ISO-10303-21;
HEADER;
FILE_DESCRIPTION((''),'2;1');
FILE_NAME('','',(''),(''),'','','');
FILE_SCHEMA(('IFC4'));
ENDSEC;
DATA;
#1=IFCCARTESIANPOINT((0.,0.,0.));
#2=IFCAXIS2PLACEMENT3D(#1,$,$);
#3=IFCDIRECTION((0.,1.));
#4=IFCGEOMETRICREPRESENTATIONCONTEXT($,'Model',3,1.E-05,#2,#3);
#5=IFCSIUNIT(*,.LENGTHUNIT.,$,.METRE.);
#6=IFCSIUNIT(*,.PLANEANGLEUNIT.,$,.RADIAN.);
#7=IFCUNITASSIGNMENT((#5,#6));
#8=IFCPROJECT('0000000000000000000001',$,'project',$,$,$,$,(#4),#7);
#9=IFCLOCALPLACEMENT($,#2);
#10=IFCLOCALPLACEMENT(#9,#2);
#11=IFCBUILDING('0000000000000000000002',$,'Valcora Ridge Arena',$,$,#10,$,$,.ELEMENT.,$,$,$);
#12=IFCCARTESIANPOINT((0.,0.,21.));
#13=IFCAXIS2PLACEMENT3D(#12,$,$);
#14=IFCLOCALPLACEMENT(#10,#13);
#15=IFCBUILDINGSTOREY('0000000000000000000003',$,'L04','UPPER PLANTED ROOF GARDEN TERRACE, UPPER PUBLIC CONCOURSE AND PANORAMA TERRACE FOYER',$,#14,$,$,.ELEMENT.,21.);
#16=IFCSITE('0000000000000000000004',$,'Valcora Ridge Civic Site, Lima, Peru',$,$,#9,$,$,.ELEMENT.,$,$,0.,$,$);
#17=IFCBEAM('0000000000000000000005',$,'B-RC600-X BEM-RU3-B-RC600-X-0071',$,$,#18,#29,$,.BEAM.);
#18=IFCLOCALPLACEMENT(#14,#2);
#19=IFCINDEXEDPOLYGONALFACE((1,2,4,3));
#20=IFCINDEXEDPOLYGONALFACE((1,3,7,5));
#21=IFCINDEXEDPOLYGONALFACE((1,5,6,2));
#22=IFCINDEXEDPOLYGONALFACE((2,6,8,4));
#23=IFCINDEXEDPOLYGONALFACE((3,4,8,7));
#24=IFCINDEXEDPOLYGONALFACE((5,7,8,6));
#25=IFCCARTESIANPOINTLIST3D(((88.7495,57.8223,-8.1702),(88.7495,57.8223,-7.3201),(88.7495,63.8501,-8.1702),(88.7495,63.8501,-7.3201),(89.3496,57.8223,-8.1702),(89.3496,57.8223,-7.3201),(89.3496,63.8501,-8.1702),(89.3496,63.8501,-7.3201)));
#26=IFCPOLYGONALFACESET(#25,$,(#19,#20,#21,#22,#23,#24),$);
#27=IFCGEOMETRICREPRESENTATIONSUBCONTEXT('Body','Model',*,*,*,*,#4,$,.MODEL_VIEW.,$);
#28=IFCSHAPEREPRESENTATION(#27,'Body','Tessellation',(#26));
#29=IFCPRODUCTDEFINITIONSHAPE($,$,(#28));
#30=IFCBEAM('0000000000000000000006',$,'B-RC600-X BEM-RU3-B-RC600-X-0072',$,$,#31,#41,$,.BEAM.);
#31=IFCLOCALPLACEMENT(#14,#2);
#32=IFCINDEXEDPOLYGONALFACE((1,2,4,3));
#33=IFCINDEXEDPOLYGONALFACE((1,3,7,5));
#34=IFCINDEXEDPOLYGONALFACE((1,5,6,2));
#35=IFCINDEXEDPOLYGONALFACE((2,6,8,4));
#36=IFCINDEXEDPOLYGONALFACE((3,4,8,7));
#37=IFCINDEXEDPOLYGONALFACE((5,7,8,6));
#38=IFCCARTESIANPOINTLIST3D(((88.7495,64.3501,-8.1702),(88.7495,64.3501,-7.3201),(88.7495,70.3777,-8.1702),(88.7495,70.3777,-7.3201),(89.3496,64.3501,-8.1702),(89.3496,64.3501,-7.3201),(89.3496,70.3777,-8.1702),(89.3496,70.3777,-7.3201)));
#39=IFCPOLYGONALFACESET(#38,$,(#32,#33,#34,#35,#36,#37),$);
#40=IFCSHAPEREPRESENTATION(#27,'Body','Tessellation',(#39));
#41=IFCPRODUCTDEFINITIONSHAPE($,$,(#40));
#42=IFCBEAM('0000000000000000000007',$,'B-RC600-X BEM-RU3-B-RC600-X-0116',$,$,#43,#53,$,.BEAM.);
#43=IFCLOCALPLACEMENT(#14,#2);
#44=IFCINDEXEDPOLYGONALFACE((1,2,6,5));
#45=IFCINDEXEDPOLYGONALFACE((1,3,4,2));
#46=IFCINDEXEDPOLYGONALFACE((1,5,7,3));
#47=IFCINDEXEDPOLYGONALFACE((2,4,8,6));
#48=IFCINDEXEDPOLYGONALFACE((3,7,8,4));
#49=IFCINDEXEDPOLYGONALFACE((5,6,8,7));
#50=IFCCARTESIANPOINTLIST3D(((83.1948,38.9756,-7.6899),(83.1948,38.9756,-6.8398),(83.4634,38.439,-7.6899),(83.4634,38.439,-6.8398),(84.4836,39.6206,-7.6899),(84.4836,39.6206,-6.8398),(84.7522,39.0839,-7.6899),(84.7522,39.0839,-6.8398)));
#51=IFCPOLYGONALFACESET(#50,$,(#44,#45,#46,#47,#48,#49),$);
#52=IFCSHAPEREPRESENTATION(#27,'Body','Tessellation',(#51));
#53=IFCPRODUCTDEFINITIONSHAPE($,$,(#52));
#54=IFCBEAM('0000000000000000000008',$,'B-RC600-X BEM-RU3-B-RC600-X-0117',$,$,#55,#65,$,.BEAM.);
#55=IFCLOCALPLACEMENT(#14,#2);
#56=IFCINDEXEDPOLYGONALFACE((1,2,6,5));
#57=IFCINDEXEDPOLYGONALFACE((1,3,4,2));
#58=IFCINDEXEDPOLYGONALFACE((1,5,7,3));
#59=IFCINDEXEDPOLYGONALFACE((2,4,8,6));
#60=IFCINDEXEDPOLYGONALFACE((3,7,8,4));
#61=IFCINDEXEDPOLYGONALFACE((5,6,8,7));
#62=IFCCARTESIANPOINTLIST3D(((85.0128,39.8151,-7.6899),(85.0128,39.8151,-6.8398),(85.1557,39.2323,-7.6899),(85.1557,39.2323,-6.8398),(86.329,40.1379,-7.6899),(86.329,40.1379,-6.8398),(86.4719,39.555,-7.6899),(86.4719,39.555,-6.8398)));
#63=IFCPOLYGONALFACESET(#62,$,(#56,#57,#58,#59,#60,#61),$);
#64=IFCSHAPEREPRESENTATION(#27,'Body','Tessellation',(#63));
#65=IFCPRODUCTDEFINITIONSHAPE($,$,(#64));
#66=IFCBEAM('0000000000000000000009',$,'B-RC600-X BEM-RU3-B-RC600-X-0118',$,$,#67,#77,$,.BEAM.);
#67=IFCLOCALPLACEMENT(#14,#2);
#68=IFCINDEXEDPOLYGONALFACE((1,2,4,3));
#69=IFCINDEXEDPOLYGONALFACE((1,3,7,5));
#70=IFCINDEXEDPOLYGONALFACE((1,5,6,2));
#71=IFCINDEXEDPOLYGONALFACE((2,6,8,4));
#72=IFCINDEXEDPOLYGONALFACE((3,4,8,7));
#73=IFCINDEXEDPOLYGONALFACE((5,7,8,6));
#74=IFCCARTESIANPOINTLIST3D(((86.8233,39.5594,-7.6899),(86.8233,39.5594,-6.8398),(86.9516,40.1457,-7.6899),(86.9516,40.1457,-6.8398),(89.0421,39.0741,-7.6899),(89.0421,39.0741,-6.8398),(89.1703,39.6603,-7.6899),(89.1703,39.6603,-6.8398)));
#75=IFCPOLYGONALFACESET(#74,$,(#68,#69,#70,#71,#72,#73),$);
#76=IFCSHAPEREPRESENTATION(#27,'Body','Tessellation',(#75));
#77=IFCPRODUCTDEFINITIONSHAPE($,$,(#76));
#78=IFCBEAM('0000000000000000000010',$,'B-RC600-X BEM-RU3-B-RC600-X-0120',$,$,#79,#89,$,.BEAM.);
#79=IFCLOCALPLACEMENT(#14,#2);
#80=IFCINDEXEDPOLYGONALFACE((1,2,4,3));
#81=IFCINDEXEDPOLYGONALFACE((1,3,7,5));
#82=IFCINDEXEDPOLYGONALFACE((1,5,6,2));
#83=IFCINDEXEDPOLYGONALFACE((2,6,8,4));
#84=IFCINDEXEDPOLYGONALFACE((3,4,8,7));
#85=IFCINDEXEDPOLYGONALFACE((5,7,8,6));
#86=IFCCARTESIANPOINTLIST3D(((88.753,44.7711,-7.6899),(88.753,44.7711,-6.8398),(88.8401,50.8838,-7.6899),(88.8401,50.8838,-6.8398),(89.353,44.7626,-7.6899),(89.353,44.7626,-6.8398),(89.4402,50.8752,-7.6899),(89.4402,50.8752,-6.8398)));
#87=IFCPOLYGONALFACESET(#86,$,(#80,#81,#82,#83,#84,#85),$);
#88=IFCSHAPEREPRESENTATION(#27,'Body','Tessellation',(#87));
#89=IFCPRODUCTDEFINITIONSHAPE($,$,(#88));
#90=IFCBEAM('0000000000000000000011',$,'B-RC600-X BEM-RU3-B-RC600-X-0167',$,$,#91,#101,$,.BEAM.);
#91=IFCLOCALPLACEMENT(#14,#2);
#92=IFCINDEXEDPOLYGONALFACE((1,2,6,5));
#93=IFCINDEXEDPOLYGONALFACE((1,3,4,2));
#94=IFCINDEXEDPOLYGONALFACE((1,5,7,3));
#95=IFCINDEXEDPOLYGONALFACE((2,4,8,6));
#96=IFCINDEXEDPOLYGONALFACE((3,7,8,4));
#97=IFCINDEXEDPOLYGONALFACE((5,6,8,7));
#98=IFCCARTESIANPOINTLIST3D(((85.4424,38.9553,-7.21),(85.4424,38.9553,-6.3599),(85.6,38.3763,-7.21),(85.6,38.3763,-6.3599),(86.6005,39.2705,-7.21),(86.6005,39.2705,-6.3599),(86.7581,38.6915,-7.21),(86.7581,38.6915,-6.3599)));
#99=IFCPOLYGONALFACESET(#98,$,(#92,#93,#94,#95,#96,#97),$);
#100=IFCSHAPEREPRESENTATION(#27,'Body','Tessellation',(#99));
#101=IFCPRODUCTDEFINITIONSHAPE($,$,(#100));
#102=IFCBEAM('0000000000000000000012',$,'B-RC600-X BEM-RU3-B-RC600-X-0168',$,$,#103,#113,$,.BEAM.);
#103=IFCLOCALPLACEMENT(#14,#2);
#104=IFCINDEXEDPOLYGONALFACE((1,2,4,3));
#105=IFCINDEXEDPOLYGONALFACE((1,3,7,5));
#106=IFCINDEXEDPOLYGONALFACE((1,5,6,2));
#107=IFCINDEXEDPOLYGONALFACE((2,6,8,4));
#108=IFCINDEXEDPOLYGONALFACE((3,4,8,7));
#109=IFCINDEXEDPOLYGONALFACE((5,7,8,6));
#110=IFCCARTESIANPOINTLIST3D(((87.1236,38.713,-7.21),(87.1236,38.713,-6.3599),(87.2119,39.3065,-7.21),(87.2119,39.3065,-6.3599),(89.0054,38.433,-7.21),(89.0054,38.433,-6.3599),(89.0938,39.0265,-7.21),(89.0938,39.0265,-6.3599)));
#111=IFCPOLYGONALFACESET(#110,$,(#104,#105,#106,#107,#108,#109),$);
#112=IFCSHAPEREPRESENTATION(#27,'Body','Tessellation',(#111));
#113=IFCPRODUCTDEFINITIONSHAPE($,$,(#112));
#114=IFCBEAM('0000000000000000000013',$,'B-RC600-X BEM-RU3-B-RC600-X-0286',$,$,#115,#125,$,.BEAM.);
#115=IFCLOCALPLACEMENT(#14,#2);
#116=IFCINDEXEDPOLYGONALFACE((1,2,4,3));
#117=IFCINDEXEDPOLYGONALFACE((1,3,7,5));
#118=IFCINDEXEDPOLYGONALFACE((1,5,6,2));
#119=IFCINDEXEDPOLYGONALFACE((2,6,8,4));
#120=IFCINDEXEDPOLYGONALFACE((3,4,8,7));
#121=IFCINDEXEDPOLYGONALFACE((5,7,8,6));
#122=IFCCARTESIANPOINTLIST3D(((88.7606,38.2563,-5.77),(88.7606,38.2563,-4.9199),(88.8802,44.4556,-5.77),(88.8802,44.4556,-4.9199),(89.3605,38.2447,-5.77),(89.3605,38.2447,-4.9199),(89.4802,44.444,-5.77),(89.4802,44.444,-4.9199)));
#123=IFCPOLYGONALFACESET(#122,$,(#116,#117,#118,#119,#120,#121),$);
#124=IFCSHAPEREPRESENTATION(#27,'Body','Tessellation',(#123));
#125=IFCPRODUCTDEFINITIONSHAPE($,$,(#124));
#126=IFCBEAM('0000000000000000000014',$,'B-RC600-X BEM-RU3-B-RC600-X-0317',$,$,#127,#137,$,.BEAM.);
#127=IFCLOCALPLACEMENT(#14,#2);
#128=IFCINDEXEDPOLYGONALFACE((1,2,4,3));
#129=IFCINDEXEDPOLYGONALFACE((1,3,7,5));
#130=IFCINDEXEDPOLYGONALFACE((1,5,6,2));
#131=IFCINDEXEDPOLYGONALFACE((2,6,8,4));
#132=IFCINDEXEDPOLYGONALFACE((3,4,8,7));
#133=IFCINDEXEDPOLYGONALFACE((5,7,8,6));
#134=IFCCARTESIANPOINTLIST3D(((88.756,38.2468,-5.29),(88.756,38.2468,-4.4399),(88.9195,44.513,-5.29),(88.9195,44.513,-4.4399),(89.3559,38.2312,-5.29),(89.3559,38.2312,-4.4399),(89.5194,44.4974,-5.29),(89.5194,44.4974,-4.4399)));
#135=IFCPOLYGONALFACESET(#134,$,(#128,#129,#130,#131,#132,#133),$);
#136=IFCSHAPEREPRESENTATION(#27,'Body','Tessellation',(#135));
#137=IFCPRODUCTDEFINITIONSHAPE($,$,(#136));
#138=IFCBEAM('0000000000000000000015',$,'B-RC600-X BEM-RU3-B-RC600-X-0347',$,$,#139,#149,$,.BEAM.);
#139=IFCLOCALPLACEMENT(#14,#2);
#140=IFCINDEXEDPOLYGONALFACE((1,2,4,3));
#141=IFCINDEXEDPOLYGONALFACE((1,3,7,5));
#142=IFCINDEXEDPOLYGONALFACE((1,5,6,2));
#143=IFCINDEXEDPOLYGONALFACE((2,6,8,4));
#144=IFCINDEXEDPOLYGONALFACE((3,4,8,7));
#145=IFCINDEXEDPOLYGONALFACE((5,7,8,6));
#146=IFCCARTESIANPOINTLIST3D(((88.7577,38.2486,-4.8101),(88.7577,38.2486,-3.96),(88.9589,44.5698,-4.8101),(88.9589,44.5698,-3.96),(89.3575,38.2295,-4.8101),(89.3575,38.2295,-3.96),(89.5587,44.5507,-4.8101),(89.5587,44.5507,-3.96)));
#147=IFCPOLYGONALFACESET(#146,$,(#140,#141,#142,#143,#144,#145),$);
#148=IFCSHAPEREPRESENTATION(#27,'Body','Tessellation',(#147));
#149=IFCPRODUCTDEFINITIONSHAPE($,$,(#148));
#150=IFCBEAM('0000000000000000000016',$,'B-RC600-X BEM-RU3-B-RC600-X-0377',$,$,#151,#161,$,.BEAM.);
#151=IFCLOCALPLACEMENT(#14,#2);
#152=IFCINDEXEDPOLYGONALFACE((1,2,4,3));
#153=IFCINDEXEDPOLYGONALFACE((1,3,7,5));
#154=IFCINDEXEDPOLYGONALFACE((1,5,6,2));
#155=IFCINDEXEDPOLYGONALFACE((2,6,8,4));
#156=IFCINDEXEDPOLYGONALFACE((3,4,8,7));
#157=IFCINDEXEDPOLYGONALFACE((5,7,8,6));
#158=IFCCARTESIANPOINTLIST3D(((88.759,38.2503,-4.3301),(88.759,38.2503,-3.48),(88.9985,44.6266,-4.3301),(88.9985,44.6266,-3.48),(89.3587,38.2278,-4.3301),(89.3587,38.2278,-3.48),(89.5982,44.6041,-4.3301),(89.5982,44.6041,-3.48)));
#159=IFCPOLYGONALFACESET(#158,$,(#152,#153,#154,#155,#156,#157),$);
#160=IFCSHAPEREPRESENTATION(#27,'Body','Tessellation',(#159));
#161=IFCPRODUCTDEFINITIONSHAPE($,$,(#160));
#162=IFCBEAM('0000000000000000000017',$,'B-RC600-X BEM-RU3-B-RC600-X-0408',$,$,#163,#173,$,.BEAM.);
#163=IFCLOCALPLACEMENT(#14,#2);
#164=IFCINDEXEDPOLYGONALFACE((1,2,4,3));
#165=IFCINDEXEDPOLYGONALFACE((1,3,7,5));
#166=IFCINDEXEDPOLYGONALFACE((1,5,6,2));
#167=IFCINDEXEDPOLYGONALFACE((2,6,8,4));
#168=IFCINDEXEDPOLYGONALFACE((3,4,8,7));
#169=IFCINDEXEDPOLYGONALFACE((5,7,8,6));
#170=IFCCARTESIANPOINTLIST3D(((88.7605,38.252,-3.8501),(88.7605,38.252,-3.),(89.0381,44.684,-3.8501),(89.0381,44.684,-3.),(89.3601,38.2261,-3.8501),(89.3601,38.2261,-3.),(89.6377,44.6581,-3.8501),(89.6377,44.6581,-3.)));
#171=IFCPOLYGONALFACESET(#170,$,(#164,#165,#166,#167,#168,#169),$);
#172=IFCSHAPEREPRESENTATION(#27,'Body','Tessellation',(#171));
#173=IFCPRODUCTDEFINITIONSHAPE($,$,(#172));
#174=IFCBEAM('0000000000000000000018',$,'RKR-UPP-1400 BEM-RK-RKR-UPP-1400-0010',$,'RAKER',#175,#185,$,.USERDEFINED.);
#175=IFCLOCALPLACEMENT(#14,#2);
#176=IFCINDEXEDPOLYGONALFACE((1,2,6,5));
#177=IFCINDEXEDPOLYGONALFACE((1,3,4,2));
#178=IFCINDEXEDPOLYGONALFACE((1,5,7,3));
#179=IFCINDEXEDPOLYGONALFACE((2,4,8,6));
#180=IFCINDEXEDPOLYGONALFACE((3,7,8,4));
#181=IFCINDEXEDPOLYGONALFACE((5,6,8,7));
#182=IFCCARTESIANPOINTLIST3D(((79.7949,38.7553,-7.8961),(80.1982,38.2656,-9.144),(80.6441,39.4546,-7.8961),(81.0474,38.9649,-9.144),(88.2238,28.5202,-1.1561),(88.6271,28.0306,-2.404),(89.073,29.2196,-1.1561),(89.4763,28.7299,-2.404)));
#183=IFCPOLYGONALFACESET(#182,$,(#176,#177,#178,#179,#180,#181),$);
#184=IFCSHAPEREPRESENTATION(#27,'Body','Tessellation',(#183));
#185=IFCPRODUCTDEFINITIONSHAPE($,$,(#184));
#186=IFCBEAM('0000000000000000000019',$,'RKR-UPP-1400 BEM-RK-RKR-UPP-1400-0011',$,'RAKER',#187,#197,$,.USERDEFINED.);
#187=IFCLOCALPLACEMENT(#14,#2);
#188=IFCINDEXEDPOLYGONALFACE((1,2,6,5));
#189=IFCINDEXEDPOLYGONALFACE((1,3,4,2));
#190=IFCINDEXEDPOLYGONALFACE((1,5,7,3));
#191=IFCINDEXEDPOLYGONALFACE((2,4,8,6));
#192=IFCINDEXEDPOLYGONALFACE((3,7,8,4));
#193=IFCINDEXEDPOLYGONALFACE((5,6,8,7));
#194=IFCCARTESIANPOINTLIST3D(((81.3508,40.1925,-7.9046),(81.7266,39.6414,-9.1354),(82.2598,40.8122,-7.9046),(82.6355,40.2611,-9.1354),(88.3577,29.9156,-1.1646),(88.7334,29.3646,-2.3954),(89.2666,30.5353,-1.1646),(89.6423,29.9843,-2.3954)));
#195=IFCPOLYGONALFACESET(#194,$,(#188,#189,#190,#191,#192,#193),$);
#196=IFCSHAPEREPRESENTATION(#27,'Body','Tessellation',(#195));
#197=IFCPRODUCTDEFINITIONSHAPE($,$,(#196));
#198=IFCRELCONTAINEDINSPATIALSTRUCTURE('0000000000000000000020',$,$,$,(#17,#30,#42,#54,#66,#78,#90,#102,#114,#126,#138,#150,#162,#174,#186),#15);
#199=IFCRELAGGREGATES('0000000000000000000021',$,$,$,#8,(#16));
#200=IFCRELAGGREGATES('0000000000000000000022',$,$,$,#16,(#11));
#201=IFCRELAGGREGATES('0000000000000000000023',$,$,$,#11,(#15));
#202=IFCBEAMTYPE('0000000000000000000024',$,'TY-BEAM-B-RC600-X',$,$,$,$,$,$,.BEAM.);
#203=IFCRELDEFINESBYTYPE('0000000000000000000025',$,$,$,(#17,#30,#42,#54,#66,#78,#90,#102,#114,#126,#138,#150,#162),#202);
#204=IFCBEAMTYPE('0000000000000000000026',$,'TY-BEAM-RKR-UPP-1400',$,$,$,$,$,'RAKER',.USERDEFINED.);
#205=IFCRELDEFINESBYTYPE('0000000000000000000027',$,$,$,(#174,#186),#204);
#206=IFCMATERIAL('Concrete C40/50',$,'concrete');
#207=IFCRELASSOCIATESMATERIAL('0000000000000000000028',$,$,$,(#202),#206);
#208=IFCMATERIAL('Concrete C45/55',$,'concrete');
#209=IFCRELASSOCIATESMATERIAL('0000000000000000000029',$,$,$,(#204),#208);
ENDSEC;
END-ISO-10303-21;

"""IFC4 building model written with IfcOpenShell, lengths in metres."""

from ifc_helpers import new_model, si_unit, direction, frame, origin, origin_2d, place, context, subcontext, project, spatial, rectangle, extrude, material, material_profile, profile_set, type_object, element, save


model = new_model("IFC4")

# Units and contexts
model_context = context("Model", 3, precision=1e-05, world=origin(), true_north=direction((0.0, 1.0)))
body_context = subcontext(model_context, "Body", "Model", "MODEL_VIEW")
ifc_project = project(units=[si_unit("LENGTHUNIT", "METRE"), si_unit("PLANEANGLEUNIT", "RADIAN")], contexts=[model_context])

# Site, building, storey
site_placement = place(None, origin())
site = spatial("IfcSite", under=ifc_project, at=site_placement, Name="Valcora Ridge Civic Site, Lima, Peru", CompositionType="ELEMENT", RefElevation=0.0)
building_placement = place(site_placement, origin())
building = spatial("IfcBuilding", under=site, at=building_placement, Name="Valcora Ridge Arena", CompositionType="ELEMENT")
storey_placement = place(building_placement, frame((0.0, 0.0, 21.0)))
storey = spatial("IfcBuildingStorey", under=building, at=storey_placement, Name="L04", Description="UPPER PLANTED ROOF GARDEN TERRACE, UPPER PUBLIC CONCOURSE AND PANORAMA TERRACE FOYER", CompositionType="ELEMENT", Elevation=21.0)

# Beams
ifc_material_1 = material(Name="Concrete C40/50", Category="concrete")
ifc_material_profile_1 = material_profile(ifc_material_1, rectangle(XDim=0.6001, YDim=0.8501, at=origin_2d()), Name="RC 600x850")
ifc_profile_set_1 = profile_set([ifc_material_profile_1], Name="Concrete C40/50")
beam_type_1 = type_object("IfcBeamType", Name="TY-BEAM-B-RC600-X", PredefinedType="BEAM", material=ifc_profile_set_1)
beam_1_placement = place(storey_placement, frame((89.0496, 57.8223, -7.7451), z_axis=(0.0, 1.0, 0.0), x_axis=(-1.0, 0.0, 0.0)))
element("IfcBeam", 1, at=beam_1_placement, inside=storey, type_object=beam_type_1, Name="B-RC600-X BEM-RU3-B-RC600-X-0071", PredefinedType="BEAM", context=body_context, shape_type="SweptSolid", body=[
    extrude(rectangle(XDim=0.6001, YDim=0.8501, at=origin_2d()), origin(), (0.0, 0.0, 1.0), 6.0278),
])
beam_2_placement = place(storey_placement, frame((89.0496, 64.3501, -7.7451), z_axis=(0.0, 1.0, 0.0), x_axis=(-1.0, 0.0, 0.0)))
element("IfcBeam", 2, at=beam_2_placement, inside=storey, type_object=beam_type_1, Name="B-RC600-X BEM-RU3-B-RC600-X-0072", PredefinedType="BEAM", context=body_context, shape_type="SweptSolid", body=[
    extrude(rectangle(XDim=0.6001, YDim=0.8501, at=origin_2d()), origin(), (0.0, 0.0, 1.0), 6.0276),
])
beam_3_placement = place(storey_placement, frame((83.3291, 38.7073, -7.2649), z_axis=(0.894258, 0.447552, 0.0), x_axis=(-0.447552, 0.894258, 0.0)))
element("IfcBeam", 3, at=beam_3_placement, inside=storey, type_object=beam_type_1, Name="B-RC600-X BEM-RU3-B-RC600-X-0116", PredefinedType="BEAM", context=body_context, shape_type="SweptSolid", body=[
    extrude(rectangle(XDim=0.6001, YDim=0.8501, at=origin_2d()), origin(), (0.0, 0.0, 1.0), 1.4412),
])
beam_4_placement = place(storey_placement, frame((85.0842, 39.5237, -7.2649), z_axis=(0.971224, 0.238167, 0.0), x_axis=(-0.238167, 0.971224, 0.0)))
element("IfcBeam", 4, at=beam_4_placement, inside=storey, type_object=beam_type_1, Name="B-RC600-X BEM-RU3-B-RC600-X-0117", PredefinedType="BEAM", context=body_context, shape_type="SweptSolid", body=[
    extrude(rectangle(XDim=0.6001, YDim=0.8501, at=origin_2d()), origin(), (0.0, 0.0, 1.0), 1.3552),
])
beam_5_placement = place(storey_placement, frame((86.8875, 39.8525, -7.2649), z_axis=(0.9769, -0.213697, 0.0), x_axis=(0.213697, 0.9769, 0.0)))
element("IfcBeam", 5, at=beam_5_placement, inside=storey, type_object=beam_type_1, Name="B-RC600-X BEM-RU3-B-RC600-X-0118", PredefinedType="BEAM", context=body_context, shape_type="SweptSolid", body=[
    extrude(rectangle(XDim=0.6001, YDim=0.8501, at=origin_2d()), origin(), (0.0, 0.0, 1.0), 2.2712),
])
beam_6_placement = place(storey_placement, frame((89.053, 44.7668, -7.2649), z_axis=(0.014257, 0.999898, 0.0), x_axis=(-0.999898, 0.014257, 0.0)))
element("IfcBeam", 6, at=beam_6_placement, inside=storey, type_object=beam_type_1, Name="B-RC600-X BEM-RU3-B-RC600-X-0120", PredefinedType="BEAM", context=body_context, shape_type="SweptSolid", body=[
    extrude(rectangle(XDim=0.6001, YDim=0.8501, at=origin_2d()), origin(), (0.0, 0.0, 1.0), 6.1133),
])
beam_7_placement = place(storey_placement, frame((85.5212, 38.6658, -6.7849), z_axis=(0.964895, 0.262635, 0.0), x_axis=(-0.262635, 0.964895, 0.0)))
element("IfcBeam", 7, at=beam_7_placement, inside=storey, type_object=beam_type_1, Name="B-RC600-X BEM-RU3-B-RC600-X-0167", PredefinedType="BEAM", context=body_context, shape_type="SweptSolid", body=[
    extrude(rectangle(XDim=0.6001, YDim=0.8501, at=origin_2d()), origin(), (0.0, 0.0, 1.0), 1.2002),
])
beam_8_placement = place(storey_placement, frame((87.1677, 39.0098, -6.7849), z_axis=(0.989109, -0.147186, 0.0), x_axis=(0.147186, 0.989109, 0.0)))
element("IfcBeam", 8, at=beam_8_placement, inside=storey, type_object=beam_type_1, Name="B-RC600-X BEM-RU3-B-RC600-X-0168", PredefinedType="BEAM", context=body_context, shape_type="SweptSolid", body=[
    extrude(rectangle(XDim=0.6001, YDim=0.8501, at=origin_2d()), origin(), (0.0, 0.0, 1.0), 1.9026),
])
beam_9_placement = place(storey_placement, frame((89.0605, 38.2505, -5.345), z_axis=(0.019294, 0.999814, 0.0), x_axis=(-0.999814, 0.019294, 0.0)))
element("IfcBeam", 9, at=beam_9_placement, inside=storey, type_object=beam_type_1, Name="B-RC600-X BEM-RU3-B-RC600-X-0286", PredefinedType="BEAM", context=body_context, shape_type="SweptSolid", body=[
    extrude(rectangle(XDim=0.6001, YDim=0.8501, at=origin_2d()), origin(), (0.0, 0.0, 1.0), 6.2004),
])
beam_10_placement = place(storey_placement, frame((89.0559, 38.239, -4.865), z_axis=(0.026096, 0.999659, 0.0), x_axis=(-0.999659, 0.026096, 0.0)))
element("IfcBeam", 10, at=beam_10_placement, inside=storey, type_object=beam_type_1, Name="B-RC600-X BEM-RU3-B-RC600-X-0317", PredefinedType="BEAM", context=body_context, shape_type="SweptSolid", body=[
    extrude(rectangle(XDim=0.6001, YDim=0.8501, at=origin_2d()), origin(), (0.0, 0.0, 1.0), 6.2683),
])
beam_11_placement = place(storey_placement, frame((89.0576, 38.239, -4.385), z_axis=(0.031808, 0.999494, 0.0), x_axis=(-0.999494, 0.031808, 0.0)))
element("IfcBeam", 11, at=beam_11_placement, inside=storey, type_object=beam_type_1, Name="B-RC600-X BEM-RU3-B-RC600-X-0347", PredefinedType="BEAM", context=body_context, shape_type="SweptSolid", body=[
    extrude(rectangle(XDim=0.6001, YDim=0.8501, at=origin_2d()), origin(), (0.0, 0.0, 1.0), 6.3245),
])
beam_12_placement = place(storey_placement, frame((89.0588, 38.239, -3.905), z_axis=(0.037534, 0.999295, 0.0), x_axis=(-0.999295, 0.037534, 0.0)))
element("IfcBeam", 12, at=beam_12_placement, inside=storey, type_object=beam_type_1, Name="B-RC600-X BEM-RU3-B-RC600-X-0377", PredefinedType="BEAM", context=body_context, shape_type="SweptSolid", body=[
    extrude(rectangle(XDim=0.6001, YDim=0.8501, at=origin_2d()), origin(), (0.0, 0.0, 1.0), 6.3809),
])
beam_13_placement = place(storey_placement, frame((89.0603, 38.239, -3.425), z_axis=(0.043118, 0.99907, 0.0), x_axis=(-0.99907, 0.043118, 0.0)))
element("IfcBeam", 13, at=beam_13_placement, inside=storey, type_object=beam_type_1, Name="B-RC600-X BEM-RU3-B-RC600-X-0408", PredefinedType="BEAM", context=body_context, shape_type="SweptSolid", body=[
    extrude(rectangle(XDim=0.6001, YDim=0.8501, at=origin_2d()), origin(), (0.0, 0.0, 1.0), 6.438),
])
ifc_material_2 = material(Name="Concrete C45/55", Category="concrete")
ifc_material_profile_2 = material_profile(ifc_material_2, rectangle(XDim=1.1001, YDim=1.3999, at=origin_2d()), Name="RC 1100x1400")
ifc_profile_set_2 = profile_set([ifc_material_profile_2], Name="Concrete C45/55")
beam_type_2 = type_object("IfcBeamType", Name="TY-BEAM-RKR-UPP-1400", ElementType="RAKER", PredefinedType="USERDEFINED", material=ifc_profile_set_2)
beam_14_placement = place(storey_placement, frame((80.4211, 38.8601, -8.52), z_axis=(0.566695, -0.688126, 0.453143), x_axis=(0.771929, 0.635709, 0.0)))
element("IfcBeam", 14, at=beam_14_placement, inside=storey, type_object=beam_type_2, Name="RKR-UPP-1400 BEM-RK-RKR-UPP-1400-0010", ObjectType="RAKER", PredefinedType="USERDEFINED", context=body_context, shape_type="SweptSolid", body=[
    extrude(rectangle(XDim=1.1001, YDim=1.3999, at=origin_2d()), origin(), (0.0, 0.0, 1.0), 14.8738),
])
beam_15_placement = place(storey_placement, frame((81.9932, 40.2268, -8.52), z_axis=(0.495289, -0.726435, 0.476426), x_axis=(0.826231, 0.563331, 0.0)))
element("IfcBeam", 15, at=beam_15_placement, inside=storey, type_object=beam_type_2, Name="RKR-UPP-1400 BEM-RK-RKR-UPP-1400-0011", ObjectType="RAKER", PredefinedType="USERDEFINED", context=body_context, shape_type="SweptSolid", body=[
    extrude(rectangle(XDim=1.1001, YDim=1.3999, at=origin_2d()), origin(), (0.0, 0.0, 1.0), 14.147),
])

save(model, "model.ifc")
